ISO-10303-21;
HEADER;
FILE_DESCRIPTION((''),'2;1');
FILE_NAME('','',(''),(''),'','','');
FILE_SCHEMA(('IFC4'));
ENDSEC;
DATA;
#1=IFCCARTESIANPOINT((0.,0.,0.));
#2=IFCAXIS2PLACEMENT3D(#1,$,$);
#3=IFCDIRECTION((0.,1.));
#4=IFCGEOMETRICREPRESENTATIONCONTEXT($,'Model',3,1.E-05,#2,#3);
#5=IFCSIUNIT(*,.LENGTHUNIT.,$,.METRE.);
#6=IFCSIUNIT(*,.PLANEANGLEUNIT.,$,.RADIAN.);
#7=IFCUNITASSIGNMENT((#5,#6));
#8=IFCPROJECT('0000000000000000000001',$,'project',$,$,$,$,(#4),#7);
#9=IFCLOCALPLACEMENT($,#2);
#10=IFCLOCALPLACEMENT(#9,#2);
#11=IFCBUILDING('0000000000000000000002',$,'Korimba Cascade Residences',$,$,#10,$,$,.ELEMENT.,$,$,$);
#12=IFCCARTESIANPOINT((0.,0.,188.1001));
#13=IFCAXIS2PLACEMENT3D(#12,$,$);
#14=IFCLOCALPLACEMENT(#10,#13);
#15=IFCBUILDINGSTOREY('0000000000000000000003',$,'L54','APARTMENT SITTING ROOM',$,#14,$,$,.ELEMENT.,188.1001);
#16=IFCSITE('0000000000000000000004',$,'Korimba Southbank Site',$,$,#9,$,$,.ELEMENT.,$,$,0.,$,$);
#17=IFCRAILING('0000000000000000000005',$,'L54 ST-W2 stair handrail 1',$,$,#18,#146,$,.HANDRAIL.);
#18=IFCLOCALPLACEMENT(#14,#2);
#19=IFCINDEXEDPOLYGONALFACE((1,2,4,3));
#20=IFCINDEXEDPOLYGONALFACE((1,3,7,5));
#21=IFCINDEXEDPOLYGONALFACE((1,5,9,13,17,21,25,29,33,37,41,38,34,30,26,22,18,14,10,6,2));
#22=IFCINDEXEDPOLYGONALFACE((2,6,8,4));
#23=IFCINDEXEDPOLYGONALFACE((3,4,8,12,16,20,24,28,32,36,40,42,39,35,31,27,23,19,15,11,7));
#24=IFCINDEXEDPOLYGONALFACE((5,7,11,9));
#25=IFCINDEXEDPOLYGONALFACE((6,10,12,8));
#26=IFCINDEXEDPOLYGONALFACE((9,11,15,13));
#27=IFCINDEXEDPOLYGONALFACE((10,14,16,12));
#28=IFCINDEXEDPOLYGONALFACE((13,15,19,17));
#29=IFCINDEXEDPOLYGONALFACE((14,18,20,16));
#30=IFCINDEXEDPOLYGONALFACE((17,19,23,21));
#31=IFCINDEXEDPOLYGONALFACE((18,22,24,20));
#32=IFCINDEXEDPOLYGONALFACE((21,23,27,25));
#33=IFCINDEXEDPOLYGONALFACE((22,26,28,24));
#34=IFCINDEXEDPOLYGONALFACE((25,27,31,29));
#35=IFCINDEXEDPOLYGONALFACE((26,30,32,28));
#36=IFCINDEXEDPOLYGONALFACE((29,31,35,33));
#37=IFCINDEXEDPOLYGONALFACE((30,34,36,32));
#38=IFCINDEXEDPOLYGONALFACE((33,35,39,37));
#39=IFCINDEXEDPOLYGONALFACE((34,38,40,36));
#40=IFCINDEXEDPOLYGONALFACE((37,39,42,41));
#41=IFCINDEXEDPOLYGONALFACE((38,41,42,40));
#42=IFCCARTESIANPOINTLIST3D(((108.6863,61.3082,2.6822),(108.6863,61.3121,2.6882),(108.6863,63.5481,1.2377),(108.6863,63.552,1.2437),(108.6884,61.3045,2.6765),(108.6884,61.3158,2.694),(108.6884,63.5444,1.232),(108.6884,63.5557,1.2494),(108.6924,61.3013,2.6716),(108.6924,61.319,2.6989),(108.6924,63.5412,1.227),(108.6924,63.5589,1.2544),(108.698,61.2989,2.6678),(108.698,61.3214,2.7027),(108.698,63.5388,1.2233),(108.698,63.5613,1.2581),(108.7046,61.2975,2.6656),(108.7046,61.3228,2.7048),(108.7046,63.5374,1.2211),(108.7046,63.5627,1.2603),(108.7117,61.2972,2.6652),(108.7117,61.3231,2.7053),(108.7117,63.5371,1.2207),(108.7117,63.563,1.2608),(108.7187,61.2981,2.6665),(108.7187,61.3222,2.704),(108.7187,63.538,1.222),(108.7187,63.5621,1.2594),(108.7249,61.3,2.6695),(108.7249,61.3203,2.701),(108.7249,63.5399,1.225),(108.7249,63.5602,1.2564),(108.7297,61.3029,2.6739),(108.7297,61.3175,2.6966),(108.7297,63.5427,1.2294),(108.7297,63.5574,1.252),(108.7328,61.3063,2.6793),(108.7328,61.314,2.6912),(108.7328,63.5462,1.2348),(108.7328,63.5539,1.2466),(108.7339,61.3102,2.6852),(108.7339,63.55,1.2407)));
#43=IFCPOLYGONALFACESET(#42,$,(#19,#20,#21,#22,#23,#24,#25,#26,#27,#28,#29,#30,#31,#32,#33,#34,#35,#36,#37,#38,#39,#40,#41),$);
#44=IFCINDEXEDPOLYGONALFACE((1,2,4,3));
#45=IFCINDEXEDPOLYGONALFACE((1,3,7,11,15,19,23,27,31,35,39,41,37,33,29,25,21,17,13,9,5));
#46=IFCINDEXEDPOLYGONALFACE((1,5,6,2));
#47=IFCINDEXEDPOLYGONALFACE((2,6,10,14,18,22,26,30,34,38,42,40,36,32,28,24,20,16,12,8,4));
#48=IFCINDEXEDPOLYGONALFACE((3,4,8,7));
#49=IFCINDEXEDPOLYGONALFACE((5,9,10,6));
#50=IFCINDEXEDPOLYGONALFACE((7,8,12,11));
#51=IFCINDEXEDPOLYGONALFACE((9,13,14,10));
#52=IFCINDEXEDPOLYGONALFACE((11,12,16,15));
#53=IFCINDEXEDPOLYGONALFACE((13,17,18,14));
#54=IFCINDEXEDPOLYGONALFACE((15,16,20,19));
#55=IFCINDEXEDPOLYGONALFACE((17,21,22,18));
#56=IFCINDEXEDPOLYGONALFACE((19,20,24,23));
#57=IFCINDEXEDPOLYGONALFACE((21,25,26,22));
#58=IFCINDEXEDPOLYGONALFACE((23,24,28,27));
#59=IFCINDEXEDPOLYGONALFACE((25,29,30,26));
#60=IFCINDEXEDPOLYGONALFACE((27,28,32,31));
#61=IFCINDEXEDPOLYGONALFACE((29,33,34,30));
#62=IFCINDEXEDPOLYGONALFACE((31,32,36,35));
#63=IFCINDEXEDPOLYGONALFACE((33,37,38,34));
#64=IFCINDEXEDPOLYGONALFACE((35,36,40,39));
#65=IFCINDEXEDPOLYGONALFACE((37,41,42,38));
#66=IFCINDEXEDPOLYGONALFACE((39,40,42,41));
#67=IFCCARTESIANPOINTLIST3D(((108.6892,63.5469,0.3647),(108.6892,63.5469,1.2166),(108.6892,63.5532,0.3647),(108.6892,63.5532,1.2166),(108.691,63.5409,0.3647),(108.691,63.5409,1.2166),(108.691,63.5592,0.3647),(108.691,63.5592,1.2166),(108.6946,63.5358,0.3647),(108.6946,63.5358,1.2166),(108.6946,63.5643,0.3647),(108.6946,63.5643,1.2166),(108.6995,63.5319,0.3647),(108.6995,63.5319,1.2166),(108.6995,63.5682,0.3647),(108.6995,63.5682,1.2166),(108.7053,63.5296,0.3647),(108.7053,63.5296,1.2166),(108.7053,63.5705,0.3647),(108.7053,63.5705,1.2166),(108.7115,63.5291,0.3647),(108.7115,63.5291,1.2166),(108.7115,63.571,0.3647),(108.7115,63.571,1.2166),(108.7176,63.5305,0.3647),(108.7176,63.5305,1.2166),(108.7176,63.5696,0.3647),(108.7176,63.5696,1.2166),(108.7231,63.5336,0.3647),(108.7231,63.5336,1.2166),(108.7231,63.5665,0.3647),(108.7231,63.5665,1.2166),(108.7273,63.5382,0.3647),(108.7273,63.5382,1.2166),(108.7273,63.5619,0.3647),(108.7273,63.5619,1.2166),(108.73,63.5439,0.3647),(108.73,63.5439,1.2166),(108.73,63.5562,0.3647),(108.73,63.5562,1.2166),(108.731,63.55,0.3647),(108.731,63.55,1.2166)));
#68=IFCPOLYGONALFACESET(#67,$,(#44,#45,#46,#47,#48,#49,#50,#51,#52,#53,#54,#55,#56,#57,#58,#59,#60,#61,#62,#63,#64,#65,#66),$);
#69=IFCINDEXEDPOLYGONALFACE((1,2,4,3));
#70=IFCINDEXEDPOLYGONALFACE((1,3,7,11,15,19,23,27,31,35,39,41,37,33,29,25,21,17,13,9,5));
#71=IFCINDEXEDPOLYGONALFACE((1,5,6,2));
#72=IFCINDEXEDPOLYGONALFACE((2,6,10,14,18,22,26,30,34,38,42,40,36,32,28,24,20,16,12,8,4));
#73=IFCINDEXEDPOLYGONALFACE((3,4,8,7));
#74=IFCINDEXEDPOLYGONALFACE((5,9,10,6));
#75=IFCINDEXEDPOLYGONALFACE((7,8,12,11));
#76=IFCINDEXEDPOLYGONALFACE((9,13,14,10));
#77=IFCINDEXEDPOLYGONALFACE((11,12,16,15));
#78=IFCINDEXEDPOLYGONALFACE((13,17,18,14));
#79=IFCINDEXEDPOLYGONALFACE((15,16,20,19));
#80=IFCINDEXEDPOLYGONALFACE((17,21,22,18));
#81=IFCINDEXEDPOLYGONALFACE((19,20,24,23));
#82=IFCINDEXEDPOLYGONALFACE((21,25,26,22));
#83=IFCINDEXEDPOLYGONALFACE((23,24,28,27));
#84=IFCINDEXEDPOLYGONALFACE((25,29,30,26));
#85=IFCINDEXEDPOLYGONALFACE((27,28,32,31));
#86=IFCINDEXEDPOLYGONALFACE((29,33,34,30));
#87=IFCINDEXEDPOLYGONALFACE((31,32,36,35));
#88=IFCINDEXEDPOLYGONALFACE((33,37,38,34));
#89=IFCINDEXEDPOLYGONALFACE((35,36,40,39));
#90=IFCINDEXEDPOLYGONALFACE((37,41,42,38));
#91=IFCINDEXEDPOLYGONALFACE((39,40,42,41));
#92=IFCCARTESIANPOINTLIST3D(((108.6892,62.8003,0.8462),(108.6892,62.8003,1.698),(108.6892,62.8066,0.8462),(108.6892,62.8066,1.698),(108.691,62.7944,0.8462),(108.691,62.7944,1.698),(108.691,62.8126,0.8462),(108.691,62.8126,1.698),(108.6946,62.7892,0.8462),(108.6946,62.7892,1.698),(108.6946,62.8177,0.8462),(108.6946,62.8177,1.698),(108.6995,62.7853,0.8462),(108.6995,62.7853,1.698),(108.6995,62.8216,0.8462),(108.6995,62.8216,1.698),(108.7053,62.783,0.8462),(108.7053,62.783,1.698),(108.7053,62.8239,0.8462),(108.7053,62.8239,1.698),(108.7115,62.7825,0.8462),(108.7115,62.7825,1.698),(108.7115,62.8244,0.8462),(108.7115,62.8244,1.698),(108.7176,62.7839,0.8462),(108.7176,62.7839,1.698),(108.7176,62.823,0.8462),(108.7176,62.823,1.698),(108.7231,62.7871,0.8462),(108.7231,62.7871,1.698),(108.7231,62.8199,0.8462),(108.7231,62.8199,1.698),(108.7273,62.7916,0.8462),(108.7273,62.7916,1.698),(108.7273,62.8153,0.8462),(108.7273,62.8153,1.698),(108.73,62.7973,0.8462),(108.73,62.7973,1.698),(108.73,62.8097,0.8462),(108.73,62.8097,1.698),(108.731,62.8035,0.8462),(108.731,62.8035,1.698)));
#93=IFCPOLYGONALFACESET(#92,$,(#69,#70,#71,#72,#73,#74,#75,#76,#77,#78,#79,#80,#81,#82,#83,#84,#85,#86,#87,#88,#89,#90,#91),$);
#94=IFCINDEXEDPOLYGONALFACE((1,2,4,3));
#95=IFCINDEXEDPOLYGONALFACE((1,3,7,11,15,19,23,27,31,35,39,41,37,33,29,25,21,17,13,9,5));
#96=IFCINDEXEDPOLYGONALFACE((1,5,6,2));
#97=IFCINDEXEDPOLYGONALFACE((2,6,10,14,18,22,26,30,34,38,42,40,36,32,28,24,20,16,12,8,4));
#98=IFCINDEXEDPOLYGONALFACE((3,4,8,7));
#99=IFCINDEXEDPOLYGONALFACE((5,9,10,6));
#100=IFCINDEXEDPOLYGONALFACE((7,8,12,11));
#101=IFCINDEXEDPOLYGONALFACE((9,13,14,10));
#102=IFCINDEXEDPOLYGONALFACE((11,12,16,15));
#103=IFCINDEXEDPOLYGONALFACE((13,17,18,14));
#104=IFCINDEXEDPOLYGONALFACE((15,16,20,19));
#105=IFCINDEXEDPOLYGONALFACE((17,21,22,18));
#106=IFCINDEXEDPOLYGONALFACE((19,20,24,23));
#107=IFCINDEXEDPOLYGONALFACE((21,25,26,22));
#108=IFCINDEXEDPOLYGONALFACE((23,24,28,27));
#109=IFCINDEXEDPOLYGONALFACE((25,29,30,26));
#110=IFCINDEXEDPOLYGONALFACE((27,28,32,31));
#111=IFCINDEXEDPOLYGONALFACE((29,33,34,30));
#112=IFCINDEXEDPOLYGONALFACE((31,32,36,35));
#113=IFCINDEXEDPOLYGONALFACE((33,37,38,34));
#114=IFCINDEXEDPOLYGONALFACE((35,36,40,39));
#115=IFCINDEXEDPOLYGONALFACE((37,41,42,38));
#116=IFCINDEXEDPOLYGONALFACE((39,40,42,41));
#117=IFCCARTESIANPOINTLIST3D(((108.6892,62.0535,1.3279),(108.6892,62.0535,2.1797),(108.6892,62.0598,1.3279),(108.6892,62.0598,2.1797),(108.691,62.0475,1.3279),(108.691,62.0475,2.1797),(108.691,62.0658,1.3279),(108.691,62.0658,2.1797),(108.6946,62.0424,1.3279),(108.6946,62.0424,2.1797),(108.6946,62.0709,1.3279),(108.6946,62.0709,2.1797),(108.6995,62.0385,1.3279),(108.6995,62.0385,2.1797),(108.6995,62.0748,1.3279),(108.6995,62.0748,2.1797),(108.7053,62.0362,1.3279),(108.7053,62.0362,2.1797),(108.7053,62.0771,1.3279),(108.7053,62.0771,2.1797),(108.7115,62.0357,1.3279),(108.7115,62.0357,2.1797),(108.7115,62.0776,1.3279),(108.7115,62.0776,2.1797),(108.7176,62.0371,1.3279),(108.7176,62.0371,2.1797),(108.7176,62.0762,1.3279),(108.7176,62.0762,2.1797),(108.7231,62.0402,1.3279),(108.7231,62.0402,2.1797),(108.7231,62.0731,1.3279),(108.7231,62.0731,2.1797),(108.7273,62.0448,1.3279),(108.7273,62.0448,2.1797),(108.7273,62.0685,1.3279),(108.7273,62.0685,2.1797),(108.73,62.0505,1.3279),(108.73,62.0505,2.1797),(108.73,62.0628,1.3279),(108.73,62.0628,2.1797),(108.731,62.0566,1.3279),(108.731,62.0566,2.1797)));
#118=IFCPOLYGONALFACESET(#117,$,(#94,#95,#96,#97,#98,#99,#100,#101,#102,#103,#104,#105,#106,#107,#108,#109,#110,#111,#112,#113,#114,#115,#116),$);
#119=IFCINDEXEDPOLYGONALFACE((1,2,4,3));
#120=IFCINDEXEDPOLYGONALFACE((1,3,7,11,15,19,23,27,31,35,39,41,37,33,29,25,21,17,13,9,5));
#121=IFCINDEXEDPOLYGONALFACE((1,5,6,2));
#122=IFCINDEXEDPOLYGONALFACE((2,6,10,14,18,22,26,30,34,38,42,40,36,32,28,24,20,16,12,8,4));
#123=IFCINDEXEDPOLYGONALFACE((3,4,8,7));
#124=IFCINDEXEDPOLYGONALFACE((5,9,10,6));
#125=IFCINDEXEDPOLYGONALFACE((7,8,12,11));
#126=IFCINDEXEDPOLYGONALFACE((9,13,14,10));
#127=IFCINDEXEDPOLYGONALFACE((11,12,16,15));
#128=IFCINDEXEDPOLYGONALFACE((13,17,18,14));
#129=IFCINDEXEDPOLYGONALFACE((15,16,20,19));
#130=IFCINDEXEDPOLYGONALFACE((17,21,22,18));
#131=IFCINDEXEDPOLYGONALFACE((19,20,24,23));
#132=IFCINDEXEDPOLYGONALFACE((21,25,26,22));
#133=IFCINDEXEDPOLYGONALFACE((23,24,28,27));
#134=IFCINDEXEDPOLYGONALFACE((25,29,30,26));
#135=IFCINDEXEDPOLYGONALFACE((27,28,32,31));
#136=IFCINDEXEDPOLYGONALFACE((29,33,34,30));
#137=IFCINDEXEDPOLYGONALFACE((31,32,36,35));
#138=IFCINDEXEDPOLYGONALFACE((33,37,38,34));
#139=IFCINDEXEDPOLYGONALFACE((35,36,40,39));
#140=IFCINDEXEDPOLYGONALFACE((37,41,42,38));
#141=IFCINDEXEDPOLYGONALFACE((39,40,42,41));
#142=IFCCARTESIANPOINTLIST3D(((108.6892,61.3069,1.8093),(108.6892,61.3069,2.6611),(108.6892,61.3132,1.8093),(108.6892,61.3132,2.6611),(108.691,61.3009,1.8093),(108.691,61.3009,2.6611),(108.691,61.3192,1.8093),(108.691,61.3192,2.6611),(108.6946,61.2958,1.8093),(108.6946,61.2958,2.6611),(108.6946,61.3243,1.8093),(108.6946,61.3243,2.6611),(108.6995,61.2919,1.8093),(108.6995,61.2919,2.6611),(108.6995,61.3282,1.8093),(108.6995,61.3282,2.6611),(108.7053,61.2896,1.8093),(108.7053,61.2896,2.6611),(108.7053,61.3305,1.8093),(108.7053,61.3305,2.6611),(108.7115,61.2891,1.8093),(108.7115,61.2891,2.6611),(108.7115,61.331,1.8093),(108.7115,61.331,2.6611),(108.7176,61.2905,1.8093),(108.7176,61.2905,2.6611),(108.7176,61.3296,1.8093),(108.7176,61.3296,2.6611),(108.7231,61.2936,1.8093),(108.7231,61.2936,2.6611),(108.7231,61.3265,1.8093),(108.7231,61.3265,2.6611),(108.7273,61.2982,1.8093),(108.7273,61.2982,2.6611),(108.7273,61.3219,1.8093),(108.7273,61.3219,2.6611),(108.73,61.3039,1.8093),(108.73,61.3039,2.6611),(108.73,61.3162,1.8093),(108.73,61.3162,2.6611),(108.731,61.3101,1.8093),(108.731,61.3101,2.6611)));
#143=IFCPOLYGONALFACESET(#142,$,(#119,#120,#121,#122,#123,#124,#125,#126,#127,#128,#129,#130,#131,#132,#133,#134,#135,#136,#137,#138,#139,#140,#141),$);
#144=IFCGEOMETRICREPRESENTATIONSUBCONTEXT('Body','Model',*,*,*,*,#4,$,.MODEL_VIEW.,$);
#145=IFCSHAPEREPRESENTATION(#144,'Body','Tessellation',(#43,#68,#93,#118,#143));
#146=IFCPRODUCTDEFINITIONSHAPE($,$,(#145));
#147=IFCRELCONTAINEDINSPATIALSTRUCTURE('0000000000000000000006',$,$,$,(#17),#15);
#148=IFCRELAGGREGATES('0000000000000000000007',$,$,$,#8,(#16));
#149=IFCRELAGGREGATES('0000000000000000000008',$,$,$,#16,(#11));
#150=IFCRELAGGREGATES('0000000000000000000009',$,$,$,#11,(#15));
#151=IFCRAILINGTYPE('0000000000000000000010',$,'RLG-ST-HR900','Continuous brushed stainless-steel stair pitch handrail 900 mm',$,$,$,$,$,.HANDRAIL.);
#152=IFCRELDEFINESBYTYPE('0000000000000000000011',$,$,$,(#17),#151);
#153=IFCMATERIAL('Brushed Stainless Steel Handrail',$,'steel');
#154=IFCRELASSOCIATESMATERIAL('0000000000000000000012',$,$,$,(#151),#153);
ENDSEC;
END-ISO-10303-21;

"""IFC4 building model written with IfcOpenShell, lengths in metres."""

from ifc_helpers import new_model, si_unit, direction, frame, origin, origin_2d, place, context, subcontext, project, spatial, circle, extrude, material, type_object, element, save


model = new_model("IFC4")

# Units and contexts
model_context = context("Model", 3, precision=1e-05, world=origin(), true_north=direction((0.0, 1.0)))
body_context = subcontext(model_context, "Body", "Model", "MODEL_VIEW")
ifc_project = project(units=[si_unit("LENGTHUNIT", "METRE"), si_unit("PLANEANGLEUNIT", "RADIAN")], contexts=[model_context])

# Site, building, storey
site_placement = place(None, origin())
site = spatial("IfcSite", under=ifc_project, at=site_placement, Name="Korimba Southbank Site", CompositionType="ELEMENT", RefElevation=0.0)
building_placement = place(site_placement, origin())
building = spatial("IfcBuilding", under=site, at=building_placement, Name="Korimba Cascade Residences", CompositionType="ELEMENT")
storey_placement = place(building_placement, frame((0.0, 0.0, 188.1001)))
storey = spatial("IfcBuildingStorey", under=building, at=storey_placement, Name="L54", Description="APARTMENT SITTING ROOM", CompositionType="ELEMENT", Elevation=188.1001)

# Railing
ifc_material_1 = material(Name="Brushed Stainless Steel Handrail", Category="steel")
railing_type_1 = type_object("IfcRailingType", Name="RLG-ST-HR900", Description="Continuous brushed stainless-steel stair pitch handrail 900 mm", PredefinedType="HANDRAIL", material=ifc_material_1)
railing_1_placement = place(storey_placement, frame((108.71, 63.55, 0.3647)))
element("IfcRailing", 1, at=railing_1_placement, inside=storey, type_object=railing_type_1, Name="L54 ST-W2 stair handrail 1", PredefinedType="HANDRAIL", context=body_context, shape_type="SweptSolid", body=[
    extrude(circle(Radius=0.0239, at=origin_2d()), frame((0.0, 0.0, 0.876), z_axis=(0.0, -0.840395, 0.541975), x_axis=(1.0, 0.0, 0.0)), (0.0, 0.0, 1.0), 2.6653),
    extrude(circle(Radius=0.021, at=origin_2d()), origin(), (0.0, 0.0, 1.0), 0.8518),
    extrude(circle(Radius=0.021, at=origin_2d()), frame((0.0, -0.7466, 0.4814)), (0.0, 0.0, 1.0), 0.8518),
    extrude(circle(Radius=0.021, at=origin_2d()), frame((0.0, -1.4934, 0.9631)), (0.0, 0.0, 1.0), 0.8518),
    extrude(circle(Radius=0.021, at=origin_2d()), frame((0.0, -2.24, 1.4446)), (0.0, 0.0, 1.0), 0.8518),
])

save(model, "model.ifc")
